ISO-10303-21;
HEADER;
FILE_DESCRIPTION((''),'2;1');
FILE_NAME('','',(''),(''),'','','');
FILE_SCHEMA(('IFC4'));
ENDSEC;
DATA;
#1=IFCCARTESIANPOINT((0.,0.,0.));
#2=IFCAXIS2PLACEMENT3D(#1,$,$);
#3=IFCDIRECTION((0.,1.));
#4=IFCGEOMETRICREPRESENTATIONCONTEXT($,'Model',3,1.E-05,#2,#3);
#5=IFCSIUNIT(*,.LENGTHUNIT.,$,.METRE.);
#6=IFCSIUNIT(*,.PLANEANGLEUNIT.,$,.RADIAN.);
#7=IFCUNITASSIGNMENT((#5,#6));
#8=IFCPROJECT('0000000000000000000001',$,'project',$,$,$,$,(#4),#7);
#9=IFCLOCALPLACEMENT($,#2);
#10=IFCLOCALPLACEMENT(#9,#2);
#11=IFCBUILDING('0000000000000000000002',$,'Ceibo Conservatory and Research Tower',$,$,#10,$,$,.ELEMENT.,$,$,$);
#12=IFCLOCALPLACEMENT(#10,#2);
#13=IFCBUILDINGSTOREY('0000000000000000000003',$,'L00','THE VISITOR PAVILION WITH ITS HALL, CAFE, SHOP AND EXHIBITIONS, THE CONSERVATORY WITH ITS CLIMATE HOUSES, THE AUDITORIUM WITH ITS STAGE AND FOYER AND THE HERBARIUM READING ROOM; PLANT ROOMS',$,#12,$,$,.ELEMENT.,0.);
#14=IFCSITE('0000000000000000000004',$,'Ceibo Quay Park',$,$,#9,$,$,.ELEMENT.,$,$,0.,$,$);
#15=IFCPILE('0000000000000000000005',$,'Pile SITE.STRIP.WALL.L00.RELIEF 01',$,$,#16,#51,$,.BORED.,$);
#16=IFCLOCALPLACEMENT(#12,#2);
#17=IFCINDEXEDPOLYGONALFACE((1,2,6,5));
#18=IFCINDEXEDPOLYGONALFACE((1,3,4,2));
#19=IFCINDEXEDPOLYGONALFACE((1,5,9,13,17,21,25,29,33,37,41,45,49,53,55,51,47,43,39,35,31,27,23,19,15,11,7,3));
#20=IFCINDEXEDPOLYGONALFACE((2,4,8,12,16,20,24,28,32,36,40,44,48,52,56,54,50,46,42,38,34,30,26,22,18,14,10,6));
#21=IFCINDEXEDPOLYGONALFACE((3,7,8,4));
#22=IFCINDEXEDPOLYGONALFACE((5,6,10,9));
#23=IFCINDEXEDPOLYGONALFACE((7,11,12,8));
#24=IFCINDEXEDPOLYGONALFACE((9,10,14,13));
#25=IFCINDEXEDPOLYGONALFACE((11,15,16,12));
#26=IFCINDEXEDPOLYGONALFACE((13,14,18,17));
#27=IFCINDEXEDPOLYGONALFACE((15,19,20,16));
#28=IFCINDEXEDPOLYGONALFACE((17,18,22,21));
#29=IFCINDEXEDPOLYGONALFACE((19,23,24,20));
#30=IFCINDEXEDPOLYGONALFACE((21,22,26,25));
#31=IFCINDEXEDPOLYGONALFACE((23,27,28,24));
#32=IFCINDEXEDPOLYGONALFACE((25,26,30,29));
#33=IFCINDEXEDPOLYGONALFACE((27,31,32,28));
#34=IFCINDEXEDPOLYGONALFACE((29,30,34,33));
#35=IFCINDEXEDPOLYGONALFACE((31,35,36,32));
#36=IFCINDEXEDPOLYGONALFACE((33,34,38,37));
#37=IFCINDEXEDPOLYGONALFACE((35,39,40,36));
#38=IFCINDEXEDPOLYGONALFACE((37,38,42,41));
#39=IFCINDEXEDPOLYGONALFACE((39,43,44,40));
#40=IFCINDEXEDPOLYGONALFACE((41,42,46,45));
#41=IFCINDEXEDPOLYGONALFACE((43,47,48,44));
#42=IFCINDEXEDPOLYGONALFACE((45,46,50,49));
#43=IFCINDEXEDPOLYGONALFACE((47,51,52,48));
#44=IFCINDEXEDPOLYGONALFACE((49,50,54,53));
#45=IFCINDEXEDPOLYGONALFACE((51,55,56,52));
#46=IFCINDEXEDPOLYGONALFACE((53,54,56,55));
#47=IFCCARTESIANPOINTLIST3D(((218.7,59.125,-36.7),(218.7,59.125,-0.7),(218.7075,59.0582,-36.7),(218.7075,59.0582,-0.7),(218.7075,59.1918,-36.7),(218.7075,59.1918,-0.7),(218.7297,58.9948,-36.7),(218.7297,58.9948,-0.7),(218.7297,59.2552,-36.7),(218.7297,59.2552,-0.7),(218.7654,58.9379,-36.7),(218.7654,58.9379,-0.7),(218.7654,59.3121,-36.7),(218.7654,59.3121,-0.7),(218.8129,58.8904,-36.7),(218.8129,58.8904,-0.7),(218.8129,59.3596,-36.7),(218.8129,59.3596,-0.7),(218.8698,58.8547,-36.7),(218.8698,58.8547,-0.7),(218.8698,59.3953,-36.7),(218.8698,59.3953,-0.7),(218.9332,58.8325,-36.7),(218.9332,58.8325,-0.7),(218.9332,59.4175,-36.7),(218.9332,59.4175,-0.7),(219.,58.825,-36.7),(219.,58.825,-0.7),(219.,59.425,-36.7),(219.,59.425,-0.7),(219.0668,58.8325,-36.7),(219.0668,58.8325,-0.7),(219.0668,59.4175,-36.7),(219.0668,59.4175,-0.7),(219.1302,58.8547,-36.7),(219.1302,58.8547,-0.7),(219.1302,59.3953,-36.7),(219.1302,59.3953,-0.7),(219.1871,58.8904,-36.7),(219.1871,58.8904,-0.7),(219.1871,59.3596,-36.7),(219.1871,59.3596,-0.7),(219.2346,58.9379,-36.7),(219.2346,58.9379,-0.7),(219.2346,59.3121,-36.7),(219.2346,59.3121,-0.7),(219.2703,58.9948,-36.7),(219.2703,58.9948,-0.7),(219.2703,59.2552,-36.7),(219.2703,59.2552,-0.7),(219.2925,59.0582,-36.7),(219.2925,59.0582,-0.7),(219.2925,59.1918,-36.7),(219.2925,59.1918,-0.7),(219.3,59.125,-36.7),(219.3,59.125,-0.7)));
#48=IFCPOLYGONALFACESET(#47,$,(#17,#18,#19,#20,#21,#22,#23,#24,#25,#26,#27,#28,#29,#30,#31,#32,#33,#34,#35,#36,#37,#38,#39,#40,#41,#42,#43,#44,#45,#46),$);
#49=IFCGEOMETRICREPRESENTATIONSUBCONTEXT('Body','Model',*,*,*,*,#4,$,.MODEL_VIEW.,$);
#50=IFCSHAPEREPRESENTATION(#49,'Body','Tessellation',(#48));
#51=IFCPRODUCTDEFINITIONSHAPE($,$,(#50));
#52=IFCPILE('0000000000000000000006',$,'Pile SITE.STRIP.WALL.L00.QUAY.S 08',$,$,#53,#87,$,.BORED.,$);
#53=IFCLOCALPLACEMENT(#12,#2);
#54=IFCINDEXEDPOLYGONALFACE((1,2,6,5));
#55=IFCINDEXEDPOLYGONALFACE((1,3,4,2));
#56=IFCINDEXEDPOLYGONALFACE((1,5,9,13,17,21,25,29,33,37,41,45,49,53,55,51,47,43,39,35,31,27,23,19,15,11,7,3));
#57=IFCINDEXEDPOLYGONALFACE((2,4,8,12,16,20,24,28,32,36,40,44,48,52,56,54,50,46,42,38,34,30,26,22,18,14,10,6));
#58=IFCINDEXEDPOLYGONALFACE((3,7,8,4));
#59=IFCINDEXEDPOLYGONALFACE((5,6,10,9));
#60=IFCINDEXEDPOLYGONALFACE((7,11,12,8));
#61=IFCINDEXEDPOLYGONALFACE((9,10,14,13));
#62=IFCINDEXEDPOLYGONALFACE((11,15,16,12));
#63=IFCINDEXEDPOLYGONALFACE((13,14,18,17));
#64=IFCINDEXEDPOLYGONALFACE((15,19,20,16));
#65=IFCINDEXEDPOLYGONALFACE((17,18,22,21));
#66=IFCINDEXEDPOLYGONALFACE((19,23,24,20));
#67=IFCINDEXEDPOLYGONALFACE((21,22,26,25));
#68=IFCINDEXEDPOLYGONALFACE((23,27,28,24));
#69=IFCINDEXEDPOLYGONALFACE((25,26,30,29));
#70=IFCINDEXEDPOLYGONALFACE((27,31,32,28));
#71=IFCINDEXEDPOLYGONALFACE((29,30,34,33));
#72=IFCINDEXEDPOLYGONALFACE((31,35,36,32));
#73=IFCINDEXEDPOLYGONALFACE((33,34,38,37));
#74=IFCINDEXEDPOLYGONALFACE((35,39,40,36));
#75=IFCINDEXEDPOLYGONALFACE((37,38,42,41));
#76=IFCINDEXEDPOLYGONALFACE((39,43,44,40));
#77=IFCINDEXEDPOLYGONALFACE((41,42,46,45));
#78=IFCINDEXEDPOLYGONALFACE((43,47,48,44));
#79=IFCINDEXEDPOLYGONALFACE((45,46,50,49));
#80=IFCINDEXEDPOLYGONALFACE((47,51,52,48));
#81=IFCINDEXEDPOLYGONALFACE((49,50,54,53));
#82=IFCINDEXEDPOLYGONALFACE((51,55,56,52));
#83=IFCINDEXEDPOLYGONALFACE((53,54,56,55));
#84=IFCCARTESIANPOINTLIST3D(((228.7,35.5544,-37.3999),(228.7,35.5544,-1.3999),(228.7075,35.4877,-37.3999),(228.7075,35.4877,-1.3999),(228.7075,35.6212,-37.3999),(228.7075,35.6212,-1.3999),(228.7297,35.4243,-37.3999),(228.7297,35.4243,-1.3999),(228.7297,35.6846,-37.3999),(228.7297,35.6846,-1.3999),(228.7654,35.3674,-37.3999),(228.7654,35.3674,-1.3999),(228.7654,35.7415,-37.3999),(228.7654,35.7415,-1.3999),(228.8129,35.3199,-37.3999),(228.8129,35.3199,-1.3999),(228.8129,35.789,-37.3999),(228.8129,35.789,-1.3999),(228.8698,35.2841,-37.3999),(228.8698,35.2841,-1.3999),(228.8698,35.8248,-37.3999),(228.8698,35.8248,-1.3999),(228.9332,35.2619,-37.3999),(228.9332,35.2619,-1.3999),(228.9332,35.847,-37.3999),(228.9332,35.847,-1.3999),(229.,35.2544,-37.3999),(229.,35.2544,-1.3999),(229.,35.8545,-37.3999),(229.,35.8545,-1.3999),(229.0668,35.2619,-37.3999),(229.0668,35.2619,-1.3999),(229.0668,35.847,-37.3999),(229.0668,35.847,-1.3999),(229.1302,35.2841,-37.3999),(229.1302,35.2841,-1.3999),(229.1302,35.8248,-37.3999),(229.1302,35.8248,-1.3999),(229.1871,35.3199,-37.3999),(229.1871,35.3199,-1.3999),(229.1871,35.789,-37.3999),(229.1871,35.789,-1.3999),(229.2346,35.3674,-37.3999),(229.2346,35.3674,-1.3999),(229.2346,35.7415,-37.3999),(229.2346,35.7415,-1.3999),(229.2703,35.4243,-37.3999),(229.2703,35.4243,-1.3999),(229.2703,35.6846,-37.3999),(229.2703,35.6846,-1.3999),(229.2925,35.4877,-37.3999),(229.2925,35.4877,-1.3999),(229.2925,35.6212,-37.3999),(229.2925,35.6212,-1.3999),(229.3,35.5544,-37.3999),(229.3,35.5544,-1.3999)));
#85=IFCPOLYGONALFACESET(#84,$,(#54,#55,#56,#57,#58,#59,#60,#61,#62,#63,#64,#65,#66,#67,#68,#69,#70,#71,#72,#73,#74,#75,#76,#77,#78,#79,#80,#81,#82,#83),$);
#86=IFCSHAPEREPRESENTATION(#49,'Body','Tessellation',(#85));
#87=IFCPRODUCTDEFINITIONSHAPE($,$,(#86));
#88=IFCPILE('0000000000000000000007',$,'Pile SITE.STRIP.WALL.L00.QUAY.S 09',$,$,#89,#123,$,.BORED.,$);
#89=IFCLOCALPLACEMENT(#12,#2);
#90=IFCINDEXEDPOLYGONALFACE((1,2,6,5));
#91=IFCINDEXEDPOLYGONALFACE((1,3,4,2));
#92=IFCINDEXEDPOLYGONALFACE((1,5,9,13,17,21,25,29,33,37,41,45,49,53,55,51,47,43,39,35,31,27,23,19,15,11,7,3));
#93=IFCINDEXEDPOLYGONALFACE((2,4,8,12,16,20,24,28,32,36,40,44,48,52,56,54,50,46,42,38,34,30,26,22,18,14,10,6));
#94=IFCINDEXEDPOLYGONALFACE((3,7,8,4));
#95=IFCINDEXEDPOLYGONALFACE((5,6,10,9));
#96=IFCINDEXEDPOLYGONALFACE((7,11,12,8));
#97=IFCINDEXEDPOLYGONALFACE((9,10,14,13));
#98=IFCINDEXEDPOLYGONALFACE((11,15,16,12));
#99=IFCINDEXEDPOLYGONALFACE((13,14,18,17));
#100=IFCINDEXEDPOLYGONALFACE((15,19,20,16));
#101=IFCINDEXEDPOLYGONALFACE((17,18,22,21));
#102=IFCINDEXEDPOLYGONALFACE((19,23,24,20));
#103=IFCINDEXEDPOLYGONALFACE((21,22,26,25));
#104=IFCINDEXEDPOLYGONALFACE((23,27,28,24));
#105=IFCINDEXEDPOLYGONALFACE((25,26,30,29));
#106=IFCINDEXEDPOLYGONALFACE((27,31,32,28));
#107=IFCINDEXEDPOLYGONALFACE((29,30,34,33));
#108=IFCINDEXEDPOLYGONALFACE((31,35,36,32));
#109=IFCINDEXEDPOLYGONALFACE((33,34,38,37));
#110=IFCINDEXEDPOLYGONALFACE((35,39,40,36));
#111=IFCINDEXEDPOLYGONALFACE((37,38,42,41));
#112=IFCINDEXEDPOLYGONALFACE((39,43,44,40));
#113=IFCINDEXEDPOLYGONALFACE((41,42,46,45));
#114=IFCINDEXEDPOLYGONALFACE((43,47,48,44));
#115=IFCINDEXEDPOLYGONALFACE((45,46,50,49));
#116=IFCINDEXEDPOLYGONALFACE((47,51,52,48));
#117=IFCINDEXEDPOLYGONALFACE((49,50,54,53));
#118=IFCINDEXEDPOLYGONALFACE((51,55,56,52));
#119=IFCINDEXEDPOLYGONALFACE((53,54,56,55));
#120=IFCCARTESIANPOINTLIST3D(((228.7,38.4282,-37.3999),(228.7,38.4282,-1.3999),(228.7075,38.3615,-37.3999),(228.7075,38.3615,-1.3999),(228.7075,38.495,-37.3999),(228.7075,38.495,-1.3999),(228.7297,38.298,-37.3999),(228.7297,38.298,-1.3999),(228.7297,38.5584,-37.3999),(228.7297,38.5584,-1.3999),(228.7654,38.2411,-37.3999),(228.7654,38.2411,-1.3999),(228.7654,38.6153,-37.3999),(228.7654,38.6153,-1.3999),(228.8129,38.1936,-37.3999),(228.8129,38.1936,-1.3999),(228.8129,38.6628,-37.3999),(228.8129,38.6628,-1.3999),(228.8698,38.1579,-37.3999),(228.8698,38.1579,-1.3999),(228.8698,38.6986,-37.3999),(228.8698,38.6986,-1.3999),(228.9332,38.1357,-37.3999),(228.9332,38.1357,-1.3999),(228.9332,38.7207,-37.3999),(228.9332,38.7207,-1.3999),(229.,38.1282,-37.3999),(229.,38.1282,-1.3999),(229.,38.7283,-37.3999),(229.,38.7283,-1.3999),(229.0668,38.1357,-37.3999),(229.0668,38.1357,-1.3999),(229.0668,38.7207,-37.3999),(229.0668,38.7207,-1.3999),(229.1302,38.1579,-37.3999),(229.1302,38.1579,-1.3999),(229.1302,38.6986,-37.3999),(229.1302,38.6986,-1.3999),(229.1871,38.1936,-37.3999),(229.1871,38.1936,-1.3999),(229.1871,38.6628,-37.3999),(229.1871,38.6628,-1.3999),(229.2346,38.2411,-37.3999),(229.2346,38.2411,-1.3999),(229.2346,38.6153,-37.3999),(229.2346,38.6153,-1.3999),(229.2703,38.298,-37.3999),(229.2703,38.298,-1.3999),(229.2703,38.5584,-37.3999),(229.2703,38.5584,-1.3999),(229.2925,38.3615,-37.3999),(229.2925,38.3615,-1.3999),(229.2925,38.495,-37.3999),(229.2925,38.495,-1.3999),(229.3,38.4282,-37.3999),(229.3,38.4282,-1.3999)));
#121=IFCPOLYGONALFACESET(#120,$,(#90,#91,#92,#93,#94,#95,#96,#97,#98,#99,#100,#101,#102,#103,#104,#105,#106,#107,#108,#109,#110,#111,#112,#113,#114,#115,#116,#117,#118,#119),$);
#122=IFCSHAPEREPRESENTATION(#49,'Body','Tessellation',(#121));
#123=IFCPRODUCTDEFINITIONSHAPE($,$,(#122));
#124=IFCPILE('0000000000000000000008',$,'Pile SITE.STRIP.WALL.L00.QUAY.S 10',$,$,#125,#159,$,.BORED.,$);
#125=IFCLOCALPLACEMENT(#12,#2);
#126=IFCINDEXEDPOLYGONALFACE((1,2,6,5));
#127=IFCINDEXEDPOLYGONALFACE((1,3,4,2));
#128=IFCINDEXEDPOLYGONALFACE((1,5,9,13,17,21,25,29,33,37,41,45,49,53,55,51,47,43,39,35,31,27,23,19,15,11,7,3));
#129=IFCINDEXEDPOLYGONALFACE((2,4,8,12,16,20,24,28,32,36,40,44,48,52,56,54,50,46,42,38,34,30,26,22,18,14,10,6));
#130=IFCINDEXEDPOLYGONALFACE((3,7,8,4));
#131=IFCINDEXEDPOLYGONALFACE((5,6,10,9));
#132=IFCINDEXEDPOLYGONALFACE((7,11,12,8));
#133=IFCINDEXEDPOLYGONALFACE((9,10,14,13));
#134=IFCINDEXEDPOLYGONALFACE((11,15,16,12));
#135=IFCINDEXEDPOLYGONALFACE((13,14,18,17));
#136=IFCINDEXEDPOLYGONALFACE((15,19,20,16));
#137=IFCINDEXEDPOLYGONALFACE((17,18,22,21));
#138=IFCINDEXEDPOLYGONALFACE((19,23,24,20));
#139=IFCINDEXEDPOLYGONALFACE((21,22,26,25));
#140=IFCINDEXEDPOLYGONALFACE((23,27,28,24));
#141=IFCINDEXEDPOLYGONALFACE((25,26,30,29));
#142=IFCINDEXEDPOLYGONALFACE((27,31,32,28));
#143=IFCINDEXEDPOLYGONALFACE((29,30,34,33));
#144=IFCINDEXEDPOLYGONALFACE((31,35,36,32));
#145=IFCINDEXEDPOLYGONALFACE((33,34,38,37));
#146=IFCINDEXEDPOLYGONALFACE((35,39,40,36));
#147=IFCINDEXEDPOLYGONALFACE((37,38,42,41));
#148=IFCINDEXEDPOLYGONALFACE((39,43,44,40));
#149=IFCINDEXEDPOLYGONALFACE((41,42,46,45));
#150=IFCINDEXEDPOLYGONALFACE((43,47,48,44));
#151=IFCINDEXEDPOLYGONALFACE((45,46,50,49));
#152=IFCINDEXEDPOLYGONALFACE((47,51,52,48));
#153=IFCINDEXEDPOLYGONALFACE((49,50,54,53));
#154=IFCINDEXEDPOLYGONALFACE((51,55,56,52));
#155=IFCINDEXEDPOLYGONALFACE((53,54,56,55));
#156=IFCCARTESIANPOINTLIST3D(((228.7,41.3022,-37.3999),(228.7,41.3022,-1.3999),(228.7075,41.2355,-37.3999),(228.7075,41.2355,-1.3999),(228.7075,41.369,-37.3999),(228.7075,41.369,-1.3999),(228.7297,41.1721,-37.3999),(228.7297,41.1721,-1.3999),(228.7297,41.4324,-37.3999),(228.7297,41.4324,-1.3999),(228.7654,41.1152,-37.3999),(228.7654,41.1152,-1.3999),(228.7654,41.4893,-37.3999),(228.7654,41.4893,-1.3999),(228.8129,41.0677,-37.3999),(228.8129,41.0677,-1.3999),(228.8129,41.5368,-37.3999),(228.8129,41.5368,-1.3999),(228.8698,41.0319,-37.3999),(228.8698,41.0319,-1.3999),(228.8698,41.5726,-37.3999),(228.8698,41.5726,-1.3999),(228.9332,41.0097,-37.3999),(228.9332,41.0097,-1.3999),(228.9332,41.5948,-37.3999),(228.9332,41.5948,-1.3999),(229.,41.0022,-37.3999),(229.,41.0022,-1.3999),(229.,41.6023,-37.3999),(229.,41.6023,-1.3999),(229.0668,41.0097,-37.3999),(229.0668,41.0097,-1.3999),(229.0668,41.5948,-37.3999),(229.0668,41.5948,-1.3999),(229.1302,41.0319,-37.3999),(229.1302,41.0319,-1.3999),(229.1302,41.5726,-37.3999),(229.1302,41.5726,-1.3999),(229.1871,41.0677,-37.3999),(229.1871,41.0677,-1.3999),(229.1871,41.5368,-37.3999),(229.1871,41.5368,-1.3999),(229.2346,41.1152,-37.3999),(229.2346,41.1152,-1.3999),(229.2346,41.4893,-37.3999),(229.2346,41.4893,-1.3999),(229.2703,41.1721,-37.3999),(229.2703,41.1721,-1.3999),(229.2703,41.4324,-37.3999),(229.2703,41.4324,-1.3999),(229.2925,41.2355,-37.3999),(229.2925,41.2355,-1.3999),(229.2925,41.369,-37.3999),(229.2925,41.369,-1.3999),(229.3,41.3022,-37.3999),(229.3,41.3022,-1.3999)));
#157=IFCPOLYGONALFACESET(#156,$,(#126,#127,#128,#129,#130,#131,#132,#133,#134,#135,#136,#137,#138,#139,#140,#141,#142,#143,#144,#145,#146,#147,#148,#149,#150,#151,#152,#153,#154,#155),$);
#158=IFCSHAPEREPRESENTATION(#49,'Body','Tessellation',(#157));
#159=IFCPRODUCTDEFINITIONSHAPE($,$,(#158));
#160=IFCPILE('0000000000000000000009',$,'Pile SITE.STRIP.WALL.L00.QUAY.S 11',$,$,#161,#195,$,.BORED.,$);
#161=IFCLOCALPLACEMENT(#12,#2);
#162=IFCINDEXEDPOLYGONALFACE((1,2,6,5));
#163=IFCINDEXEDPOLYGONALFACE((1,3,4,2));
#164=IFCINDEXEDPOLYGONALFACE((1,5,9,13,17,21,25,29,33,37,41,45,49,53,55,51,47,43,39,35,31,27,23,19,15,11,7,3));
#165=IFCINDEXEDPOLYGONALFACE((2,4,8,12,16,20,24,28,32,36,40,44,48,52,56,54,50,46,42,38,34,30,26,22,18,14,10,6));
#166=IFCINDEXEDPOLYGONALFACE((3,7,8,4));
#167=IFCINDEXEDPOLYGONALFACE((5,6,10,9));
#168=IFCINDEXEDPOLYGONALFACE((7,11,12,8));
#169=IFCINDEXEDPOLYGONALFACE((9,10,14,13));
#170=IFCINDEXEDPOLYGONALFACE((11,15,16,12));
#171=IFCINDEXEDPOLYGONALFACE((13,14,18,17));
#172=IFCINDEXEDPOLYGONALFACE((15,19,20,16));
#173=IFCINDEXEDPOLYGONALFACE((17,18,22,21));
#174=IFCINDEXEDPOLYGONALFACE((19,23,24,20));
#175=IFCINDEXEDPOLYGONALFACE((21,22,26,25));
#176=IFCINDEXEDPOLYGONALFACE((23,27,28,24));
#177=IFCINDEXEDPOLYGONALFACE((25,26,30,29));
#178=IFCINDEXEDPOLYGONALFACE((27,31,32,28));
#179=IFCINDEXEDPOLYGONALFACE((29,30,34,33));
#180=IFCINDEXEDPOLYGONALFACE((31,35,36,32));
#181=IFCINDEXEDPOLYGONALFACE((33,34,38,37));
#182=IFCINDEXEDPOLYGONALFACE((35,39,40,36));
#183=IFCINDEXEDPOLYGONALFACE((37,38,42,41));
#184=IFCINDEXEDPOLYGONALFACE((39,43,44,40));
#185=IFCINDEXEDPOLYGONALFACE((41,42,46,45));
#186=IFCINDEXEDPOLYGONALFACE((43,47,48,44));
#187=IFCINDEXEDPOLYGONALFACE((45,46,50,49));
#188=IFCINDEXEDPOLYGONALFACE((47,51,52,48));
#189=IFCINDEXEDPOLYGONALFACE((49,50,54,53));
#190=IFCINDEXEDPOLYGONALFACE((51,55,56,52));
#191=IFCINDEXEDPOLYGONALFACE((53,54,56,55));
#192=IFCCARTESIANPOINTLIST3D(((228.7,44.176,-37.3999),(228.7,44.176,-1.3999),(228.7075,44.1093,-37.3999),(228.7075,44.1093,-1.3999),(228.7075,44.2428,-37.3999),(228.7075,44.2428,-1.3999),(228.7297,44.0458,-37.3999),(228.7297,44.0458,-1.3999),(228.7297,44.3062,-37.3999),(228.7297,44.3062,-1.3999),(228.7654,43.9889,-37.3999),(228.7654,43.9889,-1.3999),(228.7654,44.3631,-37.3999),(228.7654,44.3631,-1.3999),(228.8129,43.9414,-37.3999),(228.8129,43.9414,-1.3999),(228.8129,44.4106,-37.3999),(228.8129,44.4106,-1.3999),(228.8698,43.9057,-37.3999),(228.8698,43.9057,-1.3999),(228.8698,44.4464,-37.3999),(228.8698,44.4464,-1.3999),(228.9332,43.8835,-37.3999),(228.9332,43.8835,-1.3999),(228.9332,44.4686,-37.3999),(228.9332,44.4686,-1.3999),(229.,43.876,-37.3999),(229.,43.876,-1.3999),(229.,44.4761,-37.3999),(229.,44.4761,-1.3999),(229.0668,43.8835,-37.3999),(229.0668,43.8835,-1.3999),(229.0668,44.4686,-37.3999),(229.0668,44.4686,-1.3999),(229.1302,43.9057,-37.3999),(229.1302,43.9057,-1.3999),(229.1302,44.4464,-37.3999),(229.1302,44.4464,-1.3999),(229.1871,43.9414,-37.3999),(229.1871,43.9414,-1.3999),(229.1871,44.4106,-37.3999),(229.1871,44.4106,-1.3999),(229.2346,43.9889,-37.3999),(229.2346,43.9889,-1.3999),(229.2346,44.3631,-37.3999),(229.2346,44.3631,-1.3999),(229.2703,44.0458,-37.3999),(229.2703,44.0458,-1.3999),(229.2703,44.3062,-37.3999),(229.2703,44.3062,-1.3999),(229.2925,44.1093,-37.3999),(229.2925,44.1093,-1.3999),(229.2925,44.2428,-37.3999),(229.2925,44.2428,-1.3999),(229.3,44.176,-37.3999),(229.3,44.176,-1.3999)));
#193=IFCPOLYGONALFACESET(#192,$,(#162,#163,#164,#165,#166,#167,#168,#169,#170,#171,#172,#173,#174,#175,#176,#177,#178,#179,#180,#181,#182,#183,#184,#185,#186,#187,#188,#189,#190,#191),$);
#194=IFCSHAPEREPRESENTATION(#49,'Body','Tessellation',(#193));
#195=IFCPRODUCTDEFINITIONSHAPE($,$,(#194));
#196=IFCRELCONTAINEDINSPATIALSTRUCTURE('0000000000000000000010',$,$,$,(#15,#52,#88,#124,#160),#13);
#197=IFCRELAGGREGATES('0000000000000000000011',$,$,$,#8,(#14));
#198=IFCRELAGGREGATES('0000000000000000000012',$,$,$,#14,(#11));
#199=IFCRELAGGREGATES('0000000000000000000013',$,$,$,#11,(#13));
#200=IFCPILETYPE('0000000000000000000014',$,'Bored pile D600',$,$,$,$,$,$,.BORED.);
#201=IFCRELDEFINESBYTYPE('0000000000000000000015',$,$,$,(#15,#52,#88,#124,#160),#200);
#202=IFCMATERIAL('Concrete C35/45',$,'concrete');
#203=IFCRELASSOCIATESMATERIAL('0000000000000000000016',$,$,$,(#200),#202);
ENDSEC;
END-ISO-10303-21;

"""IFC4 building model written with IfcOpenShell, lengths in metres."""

from ifc_helpers import new_model, si_unit, direction, frame, origin, origin_2d, place, context, subcontext, project, spatial, circle, extrude, material, material_profile, profile_set, type_object, element, save


model = new_model("IFC4")

# Units and contexts
model_context = context("Model", 3, precision=1e-05, world=origin(), true_north=direction((0.0, 1.0)))
body_context = subcontext(model_context, "Body", "Model", "MODEL_VIEW")
ifc_project = project(units=[si_unit("LENGTHUNIT", "METRE"), si_unit("PLANEANGLEUNIT", "RADIAN")], contexts=[model_context])

# Site, building, storey
site_placement = place(None, origin())
site = spatial("IfcSite", under=ifc_project, at=site_placement, Name="Ceibo Quay Park", CompositionType="ELEMENT", RefElevation=0.0)
building_placement = place(site_placement, origin())
building = spatial("IfcBuilding", under=site, at=building_placement, Name="Ceibo Conservatory and Research Tower", CompositionType="ELEMENT")
storey_placement = place(building_placement, origin())
storey = spatial("IfcBuildingStorey", under=building, at=storey_placement, Name="L00", Description="THE VISITOR PAVILION WITH ITS HALL, CAFE, SHOP AND EXHIBITIONS, THE CONSERVATORY WITH ITS CLIMATE HOUSES, THE AUDITORIUM WITH ITS STAGE AND FOYER AND THE HERBARIUM READING ROOM; PLANT ROOMS", CompositionType="ELEMENT", Elevation=0.0)

# Piles
ifc_material_1 = material(Name="Concrete C35/45", Category="concrete")
ifc_material_profile = material_profile(ifc_material_1, circle(Radius=0.3, at=origin_2d()), Name="RC D600")
ifc_profile_set = profile_set([ifc_material_profile], Name="Concrete C35/45")
pile_type = type_object("IfcPileType", Name="Bored pile D600", PredefinedType="BORED", material=ifc_profile_set)
for number, where, z_axis, x_axis, name in (
    (1, (219.0, 59.125, -0.7), (0.0, 0.0, -1.0), (1.0, 0.0, 0.0), "Pile SITE.STRIP.WALL.L00.RELIEF 01"),
    (2, (229.0, 35.5544, -1.3999), (0.0, 0.0, -1.0), (1.0, 0.0, 0.0), "Pile SITE.STRIP.WALL.L00.QUAY.S 08"),
    (3, (229.0, 38.4282, -1.3999), (0.0, 0.0, -1.0), (1.0, 0.0, 0.0), "Pile SITE.STRIP.WALL.L00.QUAY.S 09"),
    (4, (229.0, 41.3022, -1.3999), (0.0, 0.0, -1.0), (1.0, 0.0, 0.0), "Pile SITE.STRIP.WALL.L00.QUAY.S 10"),
    (5, (229.0, 44.176, -1.3999), (0.0, 0.0, -1.0), (1.0, 0.0, 0.0), "Pile SITE.STRIP.WALL.L00.QUAY.S 11"),
):
    element("IfcPile", number, at=place(storey_placement, frame(where, z_axis=z_axis, x_axis=x_axis)), inside=storey, type_object=pile_type, Name=name, PredefinedType="BORED", context=body_context, shape_type="SweptSolid", body=[
        extrude(circle(Radius=0.3, at=origin_2d()), origin(), (0.0, 0.0, 1.0), 36.0),
    ])

save(model, "model.ifc")
